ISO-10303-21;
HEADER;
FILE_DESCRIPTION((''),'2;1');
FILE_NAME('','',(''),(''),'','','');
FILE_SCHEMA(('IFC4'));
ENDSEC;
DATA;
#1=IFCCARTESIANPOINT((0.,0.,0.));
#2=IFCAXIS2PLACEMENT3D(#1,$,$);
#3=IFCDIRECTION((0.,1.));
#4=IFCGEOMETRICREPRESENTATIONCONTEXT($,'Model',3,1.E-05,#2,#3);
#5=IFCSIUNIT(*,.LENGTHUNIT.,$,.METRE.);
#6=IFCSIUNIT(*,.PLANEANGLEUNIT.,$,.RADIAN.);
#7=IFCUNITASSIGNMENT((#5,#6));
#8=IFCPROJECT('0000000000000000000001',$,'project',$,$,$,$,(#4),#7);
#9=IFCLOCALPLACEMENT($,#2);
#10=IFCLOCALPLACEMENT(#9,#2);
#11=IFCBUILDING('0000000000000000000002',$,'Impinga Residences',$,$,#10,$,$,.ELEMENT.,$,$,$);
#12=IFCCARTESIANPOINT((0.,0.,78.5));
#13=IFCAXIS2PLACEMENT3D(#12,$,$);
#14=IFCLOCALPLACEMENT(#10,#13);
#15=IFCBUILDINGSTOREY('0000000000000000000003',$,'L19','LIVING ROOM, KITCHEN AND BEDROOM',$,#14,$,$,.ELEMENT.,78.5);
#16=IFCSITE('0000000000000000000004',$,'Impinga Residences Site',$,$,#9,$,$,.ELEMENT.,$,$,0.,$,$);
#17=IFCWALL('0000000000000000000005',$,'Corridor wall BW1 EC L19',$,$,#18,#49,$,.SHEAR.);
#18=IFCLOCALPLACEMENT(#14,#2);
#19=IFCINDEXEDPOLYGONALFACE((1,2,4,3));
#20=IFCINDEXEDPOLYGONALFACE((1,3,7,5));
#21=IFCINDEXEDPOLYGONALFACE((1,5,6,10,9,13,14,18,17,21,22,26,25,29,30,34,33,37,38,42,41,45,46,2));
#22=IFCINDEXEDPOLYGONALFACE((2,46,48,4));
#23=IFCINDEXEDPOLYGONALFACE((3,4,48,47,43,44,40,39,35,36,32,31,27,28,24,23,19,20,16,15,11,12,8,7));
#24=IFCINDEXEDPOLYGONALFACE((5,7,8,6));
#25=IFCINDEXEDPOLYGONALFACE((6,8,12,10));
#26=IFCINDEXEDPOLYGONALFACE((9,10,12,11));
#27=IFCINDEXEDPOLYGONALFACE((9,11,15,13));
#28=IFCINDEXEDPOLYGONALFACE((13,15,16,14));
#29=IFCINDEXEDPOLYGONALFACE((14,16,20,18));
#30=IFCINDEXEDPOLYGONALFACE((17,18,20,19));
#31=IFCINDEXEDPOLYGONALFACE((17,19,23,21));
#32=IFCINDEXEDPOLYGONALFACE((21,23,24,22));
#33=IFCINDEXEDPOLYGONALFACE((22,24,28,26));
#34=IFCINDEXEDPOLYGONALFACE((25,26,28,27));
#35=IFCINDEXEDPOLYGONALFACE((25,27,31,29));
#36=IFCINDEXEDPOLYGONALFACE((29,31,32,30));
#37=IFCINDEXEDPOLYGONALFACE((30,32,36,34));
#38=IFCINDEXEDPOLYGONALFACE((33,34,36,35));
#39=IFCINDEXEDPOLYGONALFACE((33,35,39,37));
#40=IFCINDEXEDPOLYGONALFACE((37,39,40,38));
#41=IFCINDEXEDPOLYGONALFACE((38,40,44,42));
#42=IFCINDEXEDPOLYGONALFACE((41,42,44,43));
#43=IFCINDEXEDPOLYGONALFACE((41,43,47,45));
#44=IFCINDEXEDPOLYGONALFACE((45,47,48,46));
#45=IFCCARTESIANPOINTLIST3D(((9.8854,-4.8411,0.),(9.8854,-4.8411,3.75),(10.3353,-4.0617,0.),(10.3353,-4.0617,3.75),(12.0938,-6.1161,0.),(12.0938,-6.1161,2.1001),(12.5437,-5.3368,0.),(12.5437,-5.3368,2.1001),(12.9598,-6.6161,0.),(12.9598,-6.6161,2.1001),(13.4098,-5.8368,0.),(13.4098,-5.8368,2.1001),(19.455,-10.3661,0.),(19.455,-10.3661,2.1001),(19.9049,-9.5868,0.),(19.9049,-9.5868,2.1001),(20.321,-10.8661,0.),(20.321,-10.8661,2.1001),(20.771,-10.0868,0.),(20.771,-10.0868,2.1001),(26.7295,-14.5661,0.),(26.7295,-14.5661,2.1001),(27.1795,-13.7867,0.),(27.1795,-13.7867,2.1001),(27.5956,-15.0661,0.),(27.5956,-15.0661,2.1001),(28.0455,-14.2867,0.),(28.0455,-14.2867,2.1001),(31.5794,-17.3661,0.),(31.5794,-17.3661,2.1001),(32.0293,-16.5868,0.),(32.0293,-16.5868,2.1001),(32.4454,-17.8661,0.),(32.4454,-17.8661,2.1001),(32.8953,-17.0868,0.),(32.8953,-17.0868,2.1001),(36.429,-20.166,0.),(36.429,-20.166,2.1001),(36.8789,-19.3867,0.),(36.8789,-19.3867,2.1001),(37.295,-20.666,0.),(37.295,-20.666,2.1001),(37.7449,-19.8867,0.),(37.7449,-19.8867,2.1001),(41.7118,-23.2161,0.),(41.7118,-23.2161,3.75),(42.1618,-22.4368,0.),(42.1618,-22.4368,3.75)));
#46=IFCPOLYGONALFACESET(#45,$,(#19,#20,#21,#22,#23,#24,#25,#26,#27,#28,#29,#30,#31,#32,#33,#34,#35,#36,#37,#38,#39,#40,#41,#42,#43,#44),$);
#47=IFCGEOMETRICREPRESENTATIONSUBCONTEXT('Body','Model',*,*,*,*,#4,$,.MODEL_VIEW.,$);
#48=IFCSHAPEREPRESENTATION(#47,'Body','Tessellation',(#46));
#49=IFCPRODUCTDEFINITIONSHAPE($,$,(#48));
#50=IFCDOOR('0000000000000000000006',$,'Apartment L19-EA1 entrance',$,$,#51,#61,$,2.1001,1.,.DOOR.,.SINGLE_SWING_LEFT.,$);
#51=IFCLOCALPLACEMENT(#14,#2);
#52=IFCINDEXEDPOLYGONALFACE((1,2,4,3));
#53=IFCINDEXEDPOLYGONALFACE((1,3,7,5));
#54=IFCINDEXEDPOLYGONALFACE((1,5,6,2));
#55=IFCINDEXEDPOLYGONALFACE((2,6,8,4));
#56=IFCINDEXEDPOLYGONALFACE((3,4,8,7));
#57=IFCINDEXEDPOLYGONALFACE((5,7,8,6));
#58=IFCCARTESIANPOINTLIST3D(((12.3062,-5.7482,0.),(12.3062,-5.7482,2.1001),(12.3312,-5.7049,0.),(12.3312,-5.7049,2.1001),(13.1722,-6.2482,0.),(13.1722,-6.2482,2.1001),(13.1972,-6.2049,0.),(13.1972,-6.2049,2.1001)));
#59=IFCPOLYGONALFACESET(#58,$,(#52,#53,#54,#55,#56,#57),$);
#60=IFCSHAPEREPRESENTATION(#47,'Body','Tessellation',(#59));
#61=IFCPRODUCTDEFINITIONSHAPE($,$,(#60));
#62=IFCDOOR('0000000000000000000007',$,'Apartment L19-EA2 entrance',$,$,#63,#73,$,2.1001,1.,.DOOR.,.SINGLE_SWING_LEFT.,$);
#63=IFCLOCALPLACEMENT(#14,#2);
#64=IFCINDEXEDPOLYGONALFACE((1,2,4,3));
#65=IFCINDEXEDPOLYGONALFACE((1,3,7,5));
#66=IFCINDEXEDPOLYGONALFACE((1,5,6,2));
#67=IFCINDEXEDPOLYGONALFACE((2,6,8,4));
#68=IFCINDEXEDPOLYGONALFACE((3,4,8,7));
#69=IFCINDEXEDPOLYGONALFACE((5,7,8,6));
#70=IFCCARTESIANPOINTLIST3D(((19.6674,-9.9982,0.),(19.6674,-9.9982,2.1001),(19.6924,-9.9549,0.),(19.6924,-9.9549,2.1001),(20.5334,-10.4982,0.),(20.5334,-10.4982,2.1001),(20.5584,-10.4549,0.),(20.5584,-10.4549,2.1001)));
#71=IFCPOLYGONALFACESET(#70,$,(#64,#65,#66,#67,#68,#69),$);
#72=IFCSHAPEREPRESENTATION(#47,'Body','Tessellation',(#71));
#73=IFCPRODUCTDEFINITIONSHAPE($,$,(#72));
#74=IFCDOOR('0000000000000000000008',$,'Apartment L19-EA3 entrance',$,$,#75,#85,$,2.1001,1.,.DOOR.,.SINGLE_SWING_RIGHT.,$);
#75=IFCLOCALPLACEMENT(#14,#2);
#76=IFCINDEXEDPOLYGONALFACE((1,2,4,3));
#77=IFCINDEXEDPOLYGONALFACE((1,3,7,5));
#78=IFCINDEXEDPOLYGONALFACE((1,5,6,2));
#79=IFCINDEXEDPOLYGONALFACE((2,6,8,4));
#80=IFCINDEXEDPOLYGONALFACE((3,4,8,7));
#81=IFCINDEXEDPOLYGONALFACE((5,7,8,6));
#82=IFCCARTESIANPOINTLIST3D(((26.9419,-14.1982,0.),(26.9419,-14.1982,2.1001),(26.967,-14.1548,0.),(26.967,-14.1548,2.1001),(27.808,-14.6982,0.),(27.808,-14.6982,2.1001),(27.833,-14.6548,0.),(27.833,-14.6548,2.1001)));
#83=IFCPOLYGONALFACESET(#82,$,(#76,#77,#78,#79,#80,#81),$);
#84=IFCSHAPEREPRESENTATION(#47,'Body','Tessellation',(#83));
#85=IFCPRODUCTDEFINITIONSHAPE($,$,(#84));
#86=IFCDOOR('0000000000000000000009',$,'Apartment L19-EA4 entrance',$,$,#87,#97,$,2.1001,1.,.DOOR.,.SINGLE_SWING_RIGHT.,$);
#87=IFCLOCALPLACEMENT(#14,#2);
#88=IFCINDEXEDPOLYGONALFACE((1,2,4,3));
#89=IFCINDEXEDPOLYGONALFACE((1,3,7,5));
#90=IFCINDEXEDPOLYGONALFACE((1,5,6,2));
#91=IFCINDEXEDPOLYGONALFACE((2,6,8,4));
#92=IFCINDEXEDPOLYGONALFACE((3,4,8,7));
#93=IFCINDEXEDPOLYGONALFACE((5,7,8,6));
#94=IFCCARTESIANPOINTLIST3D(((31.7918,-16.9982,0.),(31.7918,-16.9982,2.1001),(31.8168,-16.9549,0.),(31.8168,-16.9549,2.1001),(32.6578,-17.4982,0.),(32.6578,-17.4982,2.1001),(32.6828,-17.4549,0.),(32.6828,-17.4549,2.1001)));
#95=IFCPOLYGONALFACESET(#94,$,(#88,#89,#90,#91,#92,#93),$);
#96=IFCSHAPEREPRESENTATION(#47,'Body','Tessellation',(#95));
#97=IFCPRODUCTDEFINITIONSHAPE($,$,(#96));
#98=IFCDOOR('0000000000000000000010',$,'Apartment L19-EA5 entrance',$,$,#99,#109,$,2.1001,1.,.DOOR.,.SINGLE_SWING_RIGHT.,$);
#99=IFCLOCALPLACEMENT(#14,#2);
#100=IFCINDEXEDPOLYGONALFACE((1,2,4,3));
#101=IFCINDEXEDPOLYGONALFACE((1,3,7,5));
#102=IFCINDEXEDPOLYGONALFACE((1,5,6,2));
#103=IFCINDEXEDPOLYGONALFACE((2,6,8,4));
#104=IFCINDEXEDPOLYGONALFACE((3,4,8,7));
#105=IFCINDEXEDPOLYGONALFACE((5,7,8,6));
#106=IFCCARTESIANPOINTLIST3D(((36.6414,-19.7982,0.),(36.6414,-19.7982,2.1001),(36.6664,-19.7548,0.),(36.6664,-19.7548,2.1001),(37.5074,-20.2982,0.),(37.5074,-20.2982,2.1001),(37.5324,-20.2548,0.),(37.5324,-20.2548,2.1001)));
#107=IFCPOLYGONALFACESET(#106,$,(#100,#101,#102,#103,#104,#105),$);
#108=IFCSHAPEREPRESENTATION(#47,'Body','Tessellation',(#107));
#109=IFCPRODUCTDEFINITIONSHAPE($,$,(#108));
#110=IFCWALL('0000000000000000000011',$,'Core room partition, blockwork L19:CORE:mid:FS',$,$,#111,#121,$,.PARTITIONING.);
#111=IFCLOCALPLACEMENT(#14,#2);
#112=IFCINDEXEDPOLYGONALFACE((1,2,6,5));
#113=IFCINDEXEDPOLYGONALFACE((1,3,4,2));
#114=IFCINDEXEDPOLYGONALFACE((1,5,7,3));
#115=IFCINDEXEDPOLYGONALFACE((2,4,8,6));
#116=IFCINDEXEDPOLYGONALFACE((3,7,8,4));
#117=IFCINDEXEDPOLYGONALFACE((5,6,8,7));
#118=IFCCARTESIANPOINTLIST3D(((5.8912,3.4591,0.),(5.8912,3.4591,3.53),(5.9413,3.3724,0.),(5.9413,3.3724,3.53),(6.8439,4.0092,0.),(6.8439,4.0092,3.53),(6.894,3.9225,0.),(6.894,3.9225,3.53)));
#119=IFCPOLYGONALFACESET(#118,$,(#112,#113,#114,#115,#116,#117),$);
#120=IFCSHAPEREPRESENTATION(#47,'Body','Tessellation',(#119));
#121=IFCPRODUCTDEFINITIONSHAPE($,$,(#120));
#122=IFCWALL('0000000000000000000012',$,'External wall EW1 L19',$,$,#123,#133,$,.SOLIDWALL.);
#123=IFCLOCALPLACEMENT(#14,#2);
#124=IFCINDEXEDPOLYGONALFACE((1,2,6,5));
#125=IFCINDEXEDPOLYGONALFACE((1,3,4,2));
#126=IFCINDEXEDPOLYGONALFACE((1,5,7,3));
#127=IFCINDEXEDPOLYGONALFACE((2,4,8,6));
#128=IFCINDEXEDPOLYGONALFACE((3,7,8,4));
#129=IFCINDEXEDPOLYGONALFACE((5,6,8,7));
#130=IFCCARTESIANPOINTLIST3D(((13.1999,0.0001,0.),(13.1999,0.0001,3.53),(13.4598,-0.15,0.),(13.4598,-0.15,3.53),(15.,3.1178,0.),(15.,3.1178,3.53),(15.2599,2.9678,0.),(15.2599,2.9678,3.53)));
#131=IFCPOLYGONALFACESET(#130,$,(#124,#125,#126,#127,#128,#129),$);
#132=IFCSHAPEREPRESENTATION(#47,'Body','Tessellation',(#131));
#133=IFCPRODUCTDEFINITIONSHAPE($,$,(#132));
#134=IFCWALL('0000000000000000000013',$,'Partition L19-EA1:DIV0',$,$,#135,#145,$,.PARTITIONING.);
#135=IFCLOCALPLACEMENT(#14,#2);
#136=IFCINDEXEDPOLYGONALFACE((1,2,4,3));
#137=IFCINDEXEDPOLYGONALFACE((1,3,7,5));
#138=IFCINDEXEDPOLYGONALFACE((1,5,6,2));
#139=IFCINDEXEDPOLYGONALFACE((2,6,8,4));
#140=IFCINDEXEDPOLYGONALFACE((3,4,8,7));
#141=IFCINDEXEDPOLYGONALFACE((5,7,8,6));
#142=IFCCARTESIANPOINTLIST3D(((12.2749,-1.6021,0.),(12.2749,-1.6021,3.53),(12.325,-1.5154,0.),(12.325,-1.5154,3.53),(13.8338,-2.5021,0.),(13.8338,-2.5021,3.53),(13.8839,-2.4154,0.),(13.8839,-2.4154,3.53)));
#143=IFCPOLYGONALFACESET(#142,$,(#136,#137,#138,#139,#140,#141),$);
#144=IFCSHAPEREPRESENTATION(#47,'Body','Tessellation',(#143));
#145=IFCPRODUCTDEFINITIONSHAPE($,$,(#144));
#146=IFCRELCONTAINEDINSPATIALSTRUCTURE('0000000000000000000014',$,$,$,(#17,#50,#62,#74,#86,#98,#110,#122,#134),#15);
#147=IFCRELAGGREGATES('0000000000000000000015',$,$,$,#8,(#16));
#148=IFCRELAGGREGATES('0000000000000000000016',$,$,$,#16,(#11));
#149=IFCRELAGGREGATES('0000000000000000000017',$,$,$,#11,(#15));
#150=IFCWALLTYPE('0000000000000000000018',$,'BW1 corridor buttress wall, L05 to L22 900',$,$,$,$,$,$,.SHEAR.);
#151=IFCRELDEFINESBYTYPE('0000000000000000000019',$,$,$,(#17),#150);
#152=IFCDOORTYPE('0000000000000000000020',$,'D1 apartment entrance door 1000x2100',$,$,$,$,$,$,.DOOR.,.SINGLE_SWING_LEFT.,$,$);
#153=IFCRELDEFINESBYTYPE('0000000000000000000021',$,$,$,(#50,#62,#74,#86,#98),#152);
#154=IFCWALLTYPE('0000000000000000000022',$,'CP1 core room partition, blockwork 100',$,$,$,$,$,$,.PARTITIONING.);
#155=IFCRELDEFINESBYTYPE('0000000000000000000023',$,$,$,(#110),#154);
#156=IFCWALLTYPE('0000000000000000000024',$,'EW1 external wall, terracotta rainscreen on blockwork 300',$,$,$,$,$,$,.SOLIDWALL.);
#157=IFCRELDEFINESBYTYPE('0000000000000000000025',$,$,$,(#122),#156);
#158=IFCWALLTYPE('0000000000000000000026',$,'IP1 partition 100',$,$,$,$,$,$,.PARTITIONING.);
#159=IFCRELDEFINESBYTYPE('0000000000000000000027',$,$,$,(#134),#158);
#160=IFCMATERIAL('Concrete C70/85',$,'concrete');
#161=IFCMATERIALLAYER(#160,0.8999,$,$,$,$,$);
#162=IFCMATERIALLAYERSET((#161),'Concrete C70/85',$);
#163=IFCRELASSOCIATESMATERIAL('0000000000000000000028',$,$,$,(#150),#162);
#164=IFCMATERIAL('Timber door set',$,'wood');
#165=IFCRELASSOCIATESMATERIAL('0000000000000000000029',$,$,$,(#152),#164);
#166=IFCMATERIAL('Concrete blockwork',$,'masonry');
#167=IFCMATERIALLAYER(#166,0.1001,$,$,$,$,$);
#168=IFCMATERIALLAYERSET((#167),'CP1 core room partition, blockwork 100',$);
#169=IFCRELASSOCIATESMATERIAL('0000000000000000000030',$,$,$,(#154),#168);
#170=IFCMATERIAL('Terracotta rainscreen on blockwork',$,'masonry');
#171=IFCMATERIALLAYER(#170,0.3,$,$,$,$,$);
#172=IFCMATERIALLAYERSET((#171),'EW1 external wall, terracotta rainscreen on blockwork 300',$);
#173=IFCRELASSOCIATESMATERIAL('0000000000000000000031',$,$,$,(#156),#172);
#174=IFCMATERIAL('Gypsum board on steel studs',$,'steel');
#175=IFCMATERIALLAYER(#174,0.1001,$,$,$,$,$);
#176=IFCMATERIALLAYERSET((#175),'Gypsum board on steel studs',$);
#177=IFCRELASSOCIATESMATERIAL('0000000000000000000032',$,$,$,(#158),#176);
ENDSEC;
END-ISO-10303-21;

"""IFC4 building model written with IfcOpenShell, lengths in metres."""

from ifc_helpers import new_model, si_unit, direction, frame, frame_2d, origin, place, context, subcontext, project, spatial, rectangle, extrude, material, layer, layer_set, type_object, element, fill, save


model = new_model("IFC4")

# Units and contexts
model_context = context("Model", 3, precision=1e-05, world=origin(), true_north=direction((0.0, 1.0)))
body_context = subcontext(model_context, "Body", "Model", "MODEL_VIEW")
ifc_project = project(units=[si_unit("LENGTHUNIT", "METRE"), si_unit("PLANEANGLEUNIT", "RADIAN")], contexts=[model_context])

# Site, building, storey
site_placement = place(None, origin())
site = spatial("IfcSite", under=ifc_project, at=site_placement, Name="Impinga Residences Site", CompositionType="ELEMENT", RefElevation=0.0)
building_placement = place(site_placement, origin())
building = spatial("IfcBuilding", under=site, at=building_placement, Name="Impinga Residences", CompositionType="ELEMENT")
storey_placement = place(building_placement, frame((0.0, 0.0, 78.5)))
storey = spatial("IfcBuildingStorey", under=building, at=storey_placement, Name="L19", Description="LIVING ROOM, KITCHEN AND BEDROOM", CompositionType="ELEMENT", Elevation=78.5)

# Wall, openings, doors
ifc_material_1 = material(Name="Concrete C70/85", Category="concrete")
ifc_layer_1 = layer(ifc_material_1, 0.8999)
ifc_layer_set_1 = layer_set([ifc_layer_1], Name="Concrete C70/85")
wall_type_1 = type_object("IfcWallType", Name="BW1 corridor buttress wall, L05 to L22 900", PredefinedType="SHEAR", material=ifc_layer_set_1)
wall_1_placement = place(storey_placement, frame((10.1104, -4.4514, 0.0), z_axis=(0.0, 0.0, 1.0), x_axis=(0.866025, -0.5, 0.0)))
wall_1 = element("IfcWall", 1, at=wall_1_placement, inside=storey, type_object=wall_type_1, Name="Corridor wall BW1 EC L19", PredefinedType="SHEAR", context=body_context, shape_type="SweptSolid", body=[
    extrude(rectangle(XDim=36.75, YDim=0.8999, at=frame_2d((18.375, 0.0))), origin(), (0.0, 0.0, 1.0), 3.75),
])
opening_1_placement = place(wall_1_placement, frame((2.55, 0.0, 0.0)))
opening_1 = element("IfcOpeningElement", 2, at=opening_1_placement, cuts=wall_1, PredefinedType="OPENING", context=body_context, shape_type="SweptSolid", body=[
    extrude(rectangle(XDim=1.0, YDim=2.1001, at=frame_2d((0.5, 1.05))), frame((0.0, 0.46, 0.0), z_axis=(0.0, -1.0, 0.0), x_axis=(1.0, 0.0, 0.0)), (0.0, 0.0, 1.0), 0.9199),
])
opening_2_placement = place(wall_1_placement, frame((11.05, 0.0, 0.0)))
opening_2 = element("IfcOpeningElement", 3, at=opening_2_placement, cuts=wall_1, PredefinedType="OPENING", context=body_context, shape_type="SweptSolid", body=[
    extrude(rectangle(XDim=1.0, YDim=2.1001, at=frame_2d((0.5, 1.05))), frame((0.0, 0.46, 0.0), z_axis=(0.0, -1.0, 0.0), x_axis=(1.0, 0.0, 0.0)), (0.0, 0.0, 1.0), 0.9199),
])
opening_3_placement = place(wall_1_placement, frame((19.45, 0.0, 0.0)))
opening_3 = element("IfcOpeningElement", 4, at=opening_3_placement, cuts=wall_1, PredefinedType="OPENING", context=body_context, shape_type="SweptSolid", body=[
    extrude(rectangle(XDim=1.0, YDim=2.1001, at=frame_2d((0.5, 1.05))), frame((0.0, 0.46, 0.0), z_axis=(0.0, -1.0, 0.0), x_axis=(1.0, 0.0, 0.0)), (0.0, 0.0, 1.0), 0.9199),
])
opening_4_placement = place(wall_1_placement, frame((25.05, 0.0, 0.0)))
opening_4 = element("IfcOpeningElement", 5, at=opening_4_placement, cuts=wall_1, PredefinedType="OPENING", context=body_context, shape_type="SweptSolid", body=[
    extrude(rectangle(XDim=1.0, YDim=2.1001, at=frame_2d((0.5, 1.05))), frame((0.0, 0.46, 0.0), z_axis=(0.0, -1.0, 0.0), x_axis=(1.0, 0.0, 0.0)), (0.0, 0.0, 1.0), 0.9199),
])
opening_5_placement = place(wall_1_placement, frame((30.6499, 0.0, 0.0)))
opening_5 = element("IfcOpeningElement", 6, at=opening_5_placement, cuts=wall_1, PredefinedType="OPENING", context=body_context, shape_type="SweptSolid", body=[
    extrude(rectangle(XDim=1.0, YDim=2.1001, at=frame_2d((0.5, 1.05))), frame((0.0, 0.46, 0.0), z_axis=(0.0, -1.0, 0.0), x_axis=(1.0, 0.0, 0.0)), (0.0, 0.0, 1.0), 0.9199),
])
ifc_material_2 = material(Name="Timber door set", Category="wood")
door_type_1 = type_object("IfcDoorType", Name="D1 apartment entrance door 1000x2100", OperationType="SINGLE_SWING_LEFT", PredefinedType="DOOR", material=ifc_material_2)
door_1_placement = place(opening_1_placement, origin())
door_1 = element("IfcDoor", 7, at=door_1_placement, inside=storey, type_object=door_type_1, Name="Apartment L19-EA1 entrance", OperationType="SINGLE_SWING_LEFT", OverallHeight=2.1001, OverallWidth=1.0, PredefinedType="DOOR", context=body_context, shape_type="SweptSolid", body=[
    extrude(rectangle(XDim=1.0, YDim=2.1001, at=frame_2d((0.5, 1.05))), frame((0.0, 0.0249, 0.0), z_axis=(0.0, -1.0, 0.0), x_axis=(1.0, 0.0, 0.0)), (0.0, 0.0, 1.0), 0.05),
])
fill(opening_1, door_1)
door_2_placement = place(opening_2_placement, origin())
door_2 = element("IfcDoor", 8, at=door_2_placement, inside=storey, type_object=door_type_1, Name="Apartment L19-EA2 entrance", OperationType="SINGLE_SWING_LEFT", OverallHeight=2.1001, OverallWidth=1.0, PredefinedType="DOOR", context=body_context, shape_type="SweptSolid", body=[
    extrude(rectangle(XDim=1.0, YDim=2.1001, at=frame_2d((0.5, 1.05))), frame((0.0, 0.0249, 0.0), z_axis=(0.0, -1.0, 0.0), x_axis=(1.0, 0.0, 0.0)), (0.0, 0.0, 1.0), 0.05),
])
fill(opening_2, door_2)
door_3_placement = place(opening_3_placement, origin())
door_3 = element("IfcDoor", 9, at=door_3_placement, inside=storey, type_object=door_type_1, Name="Apartment L19-EA3 entrance", OperationType="SINGLE_SWING_RIGHT", OverallHeight=2.1001, OverallWidth=1.0, PredefinedType="DOOR", context=body_context, shape_type="SweptSolid", body=[
    extrude(rectangle(XDim=1.0, YDim=2.1001, at=frame_2d((0.5, 1.05))), frame((0.0, 0.0249, 0.0), z_axis=(0.0, -1.0, 0.0), x_axis=(1.0, 0.0, 0.0)), (0.0, 0.0, 1.0), 0.05),
])
fill(opening_3, door_3)
door_4_placement = place(opening_4_placement, origin())
door_4 = element("IfcDoor", 10, at=door_4_placement, inside=storey, type_object=door_type_1, Name="Apartment L19-EA4 entrance", OperationType="SINGLE_SWING_RIGHT", OverallHeight=2.1001, OverallWidth=1.0, PredefinedType="DOOR", context=body_context, shape_type="SweptSolid", body=[
    extrude(rectangle(XDim=1.0, YDim=2.1001, at=frame_2d((0.5, 1.05))), frame((0.0, 0.0249, 0.0), z_axis=(0.0, -1.0, 0.0), x_axis=(1.0, 0.0, 0.0)), (0.0, 0.0, 1.0), 0.05),
])
fill(opening_4, door_4)
door_5_placement = place(opening_5_placement, origin())
door_5 = element("IfcDoor", 11, at=door_5_placement, inside=storey, type_object=door_type_1, Name="Apartment L19-EA5 entrance", OperationType="SINGLE_SWING_RIGHT", OverallHeight=2.1001, OverallWidth=1.0, PredefinedType="DOOR", context=body_context, shape_type="SweptSolid", body=[
    extrude(rectangle(XDim=1.0, YDim=2.1001, at=frame_2d((0.5, 1.05))), frame((0.0, 0.0249, 0.0), z_axis=(0.0, -1.0, 0.0), x_axis=(1.0, 0.0, 0.0)), (0.0, 0.0, 1.0), 0.05),
])
fill(opening_5, door_5)

# Walls
ifc_material_3 = material(Name="Concrete blockwork", Category="masonry")
ifc_layer_2 = layer(ifc_material_3, 0.1001)
ifc_layer_set_2 = layer_set([ifc_layer_2], Name="CP1 core room partition, blockwork 100")
wall_type_2 = type_object("IfcWallType", Name="CP1 core room partition, blockwork 100", PredefinedType="PARTITIONING", material=ifc_layer_set_2)
wall_2_placement = place(storey_placement, frame((5.9163, 3.4158, 0.0), z_axis=(0.0, 0.0, 1.0), x_axis=(0.866008, 0.50003, 0.0)))
element("IfcWall", 12, at=wall_2_placement, inside=storey, type_object=wall_type_2, Name="Core room partition, blockwork L19:CORE:mid:FS", PredefinedType="PARTITIONING", context=body_context, shape_type="SweptSolid", body=[
    extrude(rectangle(XDim=1.1001, YDim=0.1001, at=frame_2d((0.55, 0.0))), origin(), (0.0, 0.0, 1.0), 3.53),
])
ifc_material_4 = material(Name="Terracotta rainscreen on blockwork", Category="masonry")
ifc_layer_3 = layer(ifc_material_4, 0.3)
ifc_layer_set_3 = layer_set([ifc_layer_3], Name="EW1 external wall, terracotta rainscreen on blockwork 300")
wall_type_3 = type_object("IfcWallType", Name="EW1 external wall, terracotta rainscreen on blockwork 300", PredefinedType="SOLIDWALL", material=ifc_layer_set_3)
wall_3_placement = place(storey_placement, frame((13.3298, -0.075, 0.0), z_axis=(0.0, 0.0, 1.0), x_axis=(0.500012, 0.866018, 0.0)))
element("IfcWall", 13, at=wall_3_placement, inside=storey, type_object=wall_type_3, Name="External wall EW1 L19", PredefinedType="SOLIDWALL", context=body_context, shape_type="SweptSolid", body=[
    extrude(rectangle(XDim=3.6001, YDim=0.3, at=frame_2d((1.8, 0.0))), origin(), (0.0, 0.0, 1.0), 3.53),
])
ifc_material_5 = material(Name="Gypsum board on steel studs", Category="steel")
ifc_layer_4 = layer(ifc_material_5, 0.1001)
ifc_layer_set_4 = layer_set([ifc_layer_4], Name="Gypsum board on steel studs")
wall_type_4 = type_object("IfcWallType", Name="IP1 partition 100", PredefinedType="PARTITIONING", material=ifc_layer_set_4)
wall_4_placement = place(storey_placement, frame((12.3, -1.5588, 0.0), z_axis=(0.0, 0.0, 1.0), x_axis=(0.866048, -0.499961, 0.0)))
element("IfcWall", 14, at=wall_4_placement, inside=storey, type_object=wall_type_4, Name="Partition L19-EA1:DIV0", PredefinedType="PARTITIONING", context=body_context, shape_type="SweptSolid", body=[
    extrude(rectangle(XDim=1.8, YDim=0.1001, at=frame_2d((0.8999, 0.0))), origin(), (0.0, 0.0, 1.0), 3.53),
])

save(model, "model.ifc")
